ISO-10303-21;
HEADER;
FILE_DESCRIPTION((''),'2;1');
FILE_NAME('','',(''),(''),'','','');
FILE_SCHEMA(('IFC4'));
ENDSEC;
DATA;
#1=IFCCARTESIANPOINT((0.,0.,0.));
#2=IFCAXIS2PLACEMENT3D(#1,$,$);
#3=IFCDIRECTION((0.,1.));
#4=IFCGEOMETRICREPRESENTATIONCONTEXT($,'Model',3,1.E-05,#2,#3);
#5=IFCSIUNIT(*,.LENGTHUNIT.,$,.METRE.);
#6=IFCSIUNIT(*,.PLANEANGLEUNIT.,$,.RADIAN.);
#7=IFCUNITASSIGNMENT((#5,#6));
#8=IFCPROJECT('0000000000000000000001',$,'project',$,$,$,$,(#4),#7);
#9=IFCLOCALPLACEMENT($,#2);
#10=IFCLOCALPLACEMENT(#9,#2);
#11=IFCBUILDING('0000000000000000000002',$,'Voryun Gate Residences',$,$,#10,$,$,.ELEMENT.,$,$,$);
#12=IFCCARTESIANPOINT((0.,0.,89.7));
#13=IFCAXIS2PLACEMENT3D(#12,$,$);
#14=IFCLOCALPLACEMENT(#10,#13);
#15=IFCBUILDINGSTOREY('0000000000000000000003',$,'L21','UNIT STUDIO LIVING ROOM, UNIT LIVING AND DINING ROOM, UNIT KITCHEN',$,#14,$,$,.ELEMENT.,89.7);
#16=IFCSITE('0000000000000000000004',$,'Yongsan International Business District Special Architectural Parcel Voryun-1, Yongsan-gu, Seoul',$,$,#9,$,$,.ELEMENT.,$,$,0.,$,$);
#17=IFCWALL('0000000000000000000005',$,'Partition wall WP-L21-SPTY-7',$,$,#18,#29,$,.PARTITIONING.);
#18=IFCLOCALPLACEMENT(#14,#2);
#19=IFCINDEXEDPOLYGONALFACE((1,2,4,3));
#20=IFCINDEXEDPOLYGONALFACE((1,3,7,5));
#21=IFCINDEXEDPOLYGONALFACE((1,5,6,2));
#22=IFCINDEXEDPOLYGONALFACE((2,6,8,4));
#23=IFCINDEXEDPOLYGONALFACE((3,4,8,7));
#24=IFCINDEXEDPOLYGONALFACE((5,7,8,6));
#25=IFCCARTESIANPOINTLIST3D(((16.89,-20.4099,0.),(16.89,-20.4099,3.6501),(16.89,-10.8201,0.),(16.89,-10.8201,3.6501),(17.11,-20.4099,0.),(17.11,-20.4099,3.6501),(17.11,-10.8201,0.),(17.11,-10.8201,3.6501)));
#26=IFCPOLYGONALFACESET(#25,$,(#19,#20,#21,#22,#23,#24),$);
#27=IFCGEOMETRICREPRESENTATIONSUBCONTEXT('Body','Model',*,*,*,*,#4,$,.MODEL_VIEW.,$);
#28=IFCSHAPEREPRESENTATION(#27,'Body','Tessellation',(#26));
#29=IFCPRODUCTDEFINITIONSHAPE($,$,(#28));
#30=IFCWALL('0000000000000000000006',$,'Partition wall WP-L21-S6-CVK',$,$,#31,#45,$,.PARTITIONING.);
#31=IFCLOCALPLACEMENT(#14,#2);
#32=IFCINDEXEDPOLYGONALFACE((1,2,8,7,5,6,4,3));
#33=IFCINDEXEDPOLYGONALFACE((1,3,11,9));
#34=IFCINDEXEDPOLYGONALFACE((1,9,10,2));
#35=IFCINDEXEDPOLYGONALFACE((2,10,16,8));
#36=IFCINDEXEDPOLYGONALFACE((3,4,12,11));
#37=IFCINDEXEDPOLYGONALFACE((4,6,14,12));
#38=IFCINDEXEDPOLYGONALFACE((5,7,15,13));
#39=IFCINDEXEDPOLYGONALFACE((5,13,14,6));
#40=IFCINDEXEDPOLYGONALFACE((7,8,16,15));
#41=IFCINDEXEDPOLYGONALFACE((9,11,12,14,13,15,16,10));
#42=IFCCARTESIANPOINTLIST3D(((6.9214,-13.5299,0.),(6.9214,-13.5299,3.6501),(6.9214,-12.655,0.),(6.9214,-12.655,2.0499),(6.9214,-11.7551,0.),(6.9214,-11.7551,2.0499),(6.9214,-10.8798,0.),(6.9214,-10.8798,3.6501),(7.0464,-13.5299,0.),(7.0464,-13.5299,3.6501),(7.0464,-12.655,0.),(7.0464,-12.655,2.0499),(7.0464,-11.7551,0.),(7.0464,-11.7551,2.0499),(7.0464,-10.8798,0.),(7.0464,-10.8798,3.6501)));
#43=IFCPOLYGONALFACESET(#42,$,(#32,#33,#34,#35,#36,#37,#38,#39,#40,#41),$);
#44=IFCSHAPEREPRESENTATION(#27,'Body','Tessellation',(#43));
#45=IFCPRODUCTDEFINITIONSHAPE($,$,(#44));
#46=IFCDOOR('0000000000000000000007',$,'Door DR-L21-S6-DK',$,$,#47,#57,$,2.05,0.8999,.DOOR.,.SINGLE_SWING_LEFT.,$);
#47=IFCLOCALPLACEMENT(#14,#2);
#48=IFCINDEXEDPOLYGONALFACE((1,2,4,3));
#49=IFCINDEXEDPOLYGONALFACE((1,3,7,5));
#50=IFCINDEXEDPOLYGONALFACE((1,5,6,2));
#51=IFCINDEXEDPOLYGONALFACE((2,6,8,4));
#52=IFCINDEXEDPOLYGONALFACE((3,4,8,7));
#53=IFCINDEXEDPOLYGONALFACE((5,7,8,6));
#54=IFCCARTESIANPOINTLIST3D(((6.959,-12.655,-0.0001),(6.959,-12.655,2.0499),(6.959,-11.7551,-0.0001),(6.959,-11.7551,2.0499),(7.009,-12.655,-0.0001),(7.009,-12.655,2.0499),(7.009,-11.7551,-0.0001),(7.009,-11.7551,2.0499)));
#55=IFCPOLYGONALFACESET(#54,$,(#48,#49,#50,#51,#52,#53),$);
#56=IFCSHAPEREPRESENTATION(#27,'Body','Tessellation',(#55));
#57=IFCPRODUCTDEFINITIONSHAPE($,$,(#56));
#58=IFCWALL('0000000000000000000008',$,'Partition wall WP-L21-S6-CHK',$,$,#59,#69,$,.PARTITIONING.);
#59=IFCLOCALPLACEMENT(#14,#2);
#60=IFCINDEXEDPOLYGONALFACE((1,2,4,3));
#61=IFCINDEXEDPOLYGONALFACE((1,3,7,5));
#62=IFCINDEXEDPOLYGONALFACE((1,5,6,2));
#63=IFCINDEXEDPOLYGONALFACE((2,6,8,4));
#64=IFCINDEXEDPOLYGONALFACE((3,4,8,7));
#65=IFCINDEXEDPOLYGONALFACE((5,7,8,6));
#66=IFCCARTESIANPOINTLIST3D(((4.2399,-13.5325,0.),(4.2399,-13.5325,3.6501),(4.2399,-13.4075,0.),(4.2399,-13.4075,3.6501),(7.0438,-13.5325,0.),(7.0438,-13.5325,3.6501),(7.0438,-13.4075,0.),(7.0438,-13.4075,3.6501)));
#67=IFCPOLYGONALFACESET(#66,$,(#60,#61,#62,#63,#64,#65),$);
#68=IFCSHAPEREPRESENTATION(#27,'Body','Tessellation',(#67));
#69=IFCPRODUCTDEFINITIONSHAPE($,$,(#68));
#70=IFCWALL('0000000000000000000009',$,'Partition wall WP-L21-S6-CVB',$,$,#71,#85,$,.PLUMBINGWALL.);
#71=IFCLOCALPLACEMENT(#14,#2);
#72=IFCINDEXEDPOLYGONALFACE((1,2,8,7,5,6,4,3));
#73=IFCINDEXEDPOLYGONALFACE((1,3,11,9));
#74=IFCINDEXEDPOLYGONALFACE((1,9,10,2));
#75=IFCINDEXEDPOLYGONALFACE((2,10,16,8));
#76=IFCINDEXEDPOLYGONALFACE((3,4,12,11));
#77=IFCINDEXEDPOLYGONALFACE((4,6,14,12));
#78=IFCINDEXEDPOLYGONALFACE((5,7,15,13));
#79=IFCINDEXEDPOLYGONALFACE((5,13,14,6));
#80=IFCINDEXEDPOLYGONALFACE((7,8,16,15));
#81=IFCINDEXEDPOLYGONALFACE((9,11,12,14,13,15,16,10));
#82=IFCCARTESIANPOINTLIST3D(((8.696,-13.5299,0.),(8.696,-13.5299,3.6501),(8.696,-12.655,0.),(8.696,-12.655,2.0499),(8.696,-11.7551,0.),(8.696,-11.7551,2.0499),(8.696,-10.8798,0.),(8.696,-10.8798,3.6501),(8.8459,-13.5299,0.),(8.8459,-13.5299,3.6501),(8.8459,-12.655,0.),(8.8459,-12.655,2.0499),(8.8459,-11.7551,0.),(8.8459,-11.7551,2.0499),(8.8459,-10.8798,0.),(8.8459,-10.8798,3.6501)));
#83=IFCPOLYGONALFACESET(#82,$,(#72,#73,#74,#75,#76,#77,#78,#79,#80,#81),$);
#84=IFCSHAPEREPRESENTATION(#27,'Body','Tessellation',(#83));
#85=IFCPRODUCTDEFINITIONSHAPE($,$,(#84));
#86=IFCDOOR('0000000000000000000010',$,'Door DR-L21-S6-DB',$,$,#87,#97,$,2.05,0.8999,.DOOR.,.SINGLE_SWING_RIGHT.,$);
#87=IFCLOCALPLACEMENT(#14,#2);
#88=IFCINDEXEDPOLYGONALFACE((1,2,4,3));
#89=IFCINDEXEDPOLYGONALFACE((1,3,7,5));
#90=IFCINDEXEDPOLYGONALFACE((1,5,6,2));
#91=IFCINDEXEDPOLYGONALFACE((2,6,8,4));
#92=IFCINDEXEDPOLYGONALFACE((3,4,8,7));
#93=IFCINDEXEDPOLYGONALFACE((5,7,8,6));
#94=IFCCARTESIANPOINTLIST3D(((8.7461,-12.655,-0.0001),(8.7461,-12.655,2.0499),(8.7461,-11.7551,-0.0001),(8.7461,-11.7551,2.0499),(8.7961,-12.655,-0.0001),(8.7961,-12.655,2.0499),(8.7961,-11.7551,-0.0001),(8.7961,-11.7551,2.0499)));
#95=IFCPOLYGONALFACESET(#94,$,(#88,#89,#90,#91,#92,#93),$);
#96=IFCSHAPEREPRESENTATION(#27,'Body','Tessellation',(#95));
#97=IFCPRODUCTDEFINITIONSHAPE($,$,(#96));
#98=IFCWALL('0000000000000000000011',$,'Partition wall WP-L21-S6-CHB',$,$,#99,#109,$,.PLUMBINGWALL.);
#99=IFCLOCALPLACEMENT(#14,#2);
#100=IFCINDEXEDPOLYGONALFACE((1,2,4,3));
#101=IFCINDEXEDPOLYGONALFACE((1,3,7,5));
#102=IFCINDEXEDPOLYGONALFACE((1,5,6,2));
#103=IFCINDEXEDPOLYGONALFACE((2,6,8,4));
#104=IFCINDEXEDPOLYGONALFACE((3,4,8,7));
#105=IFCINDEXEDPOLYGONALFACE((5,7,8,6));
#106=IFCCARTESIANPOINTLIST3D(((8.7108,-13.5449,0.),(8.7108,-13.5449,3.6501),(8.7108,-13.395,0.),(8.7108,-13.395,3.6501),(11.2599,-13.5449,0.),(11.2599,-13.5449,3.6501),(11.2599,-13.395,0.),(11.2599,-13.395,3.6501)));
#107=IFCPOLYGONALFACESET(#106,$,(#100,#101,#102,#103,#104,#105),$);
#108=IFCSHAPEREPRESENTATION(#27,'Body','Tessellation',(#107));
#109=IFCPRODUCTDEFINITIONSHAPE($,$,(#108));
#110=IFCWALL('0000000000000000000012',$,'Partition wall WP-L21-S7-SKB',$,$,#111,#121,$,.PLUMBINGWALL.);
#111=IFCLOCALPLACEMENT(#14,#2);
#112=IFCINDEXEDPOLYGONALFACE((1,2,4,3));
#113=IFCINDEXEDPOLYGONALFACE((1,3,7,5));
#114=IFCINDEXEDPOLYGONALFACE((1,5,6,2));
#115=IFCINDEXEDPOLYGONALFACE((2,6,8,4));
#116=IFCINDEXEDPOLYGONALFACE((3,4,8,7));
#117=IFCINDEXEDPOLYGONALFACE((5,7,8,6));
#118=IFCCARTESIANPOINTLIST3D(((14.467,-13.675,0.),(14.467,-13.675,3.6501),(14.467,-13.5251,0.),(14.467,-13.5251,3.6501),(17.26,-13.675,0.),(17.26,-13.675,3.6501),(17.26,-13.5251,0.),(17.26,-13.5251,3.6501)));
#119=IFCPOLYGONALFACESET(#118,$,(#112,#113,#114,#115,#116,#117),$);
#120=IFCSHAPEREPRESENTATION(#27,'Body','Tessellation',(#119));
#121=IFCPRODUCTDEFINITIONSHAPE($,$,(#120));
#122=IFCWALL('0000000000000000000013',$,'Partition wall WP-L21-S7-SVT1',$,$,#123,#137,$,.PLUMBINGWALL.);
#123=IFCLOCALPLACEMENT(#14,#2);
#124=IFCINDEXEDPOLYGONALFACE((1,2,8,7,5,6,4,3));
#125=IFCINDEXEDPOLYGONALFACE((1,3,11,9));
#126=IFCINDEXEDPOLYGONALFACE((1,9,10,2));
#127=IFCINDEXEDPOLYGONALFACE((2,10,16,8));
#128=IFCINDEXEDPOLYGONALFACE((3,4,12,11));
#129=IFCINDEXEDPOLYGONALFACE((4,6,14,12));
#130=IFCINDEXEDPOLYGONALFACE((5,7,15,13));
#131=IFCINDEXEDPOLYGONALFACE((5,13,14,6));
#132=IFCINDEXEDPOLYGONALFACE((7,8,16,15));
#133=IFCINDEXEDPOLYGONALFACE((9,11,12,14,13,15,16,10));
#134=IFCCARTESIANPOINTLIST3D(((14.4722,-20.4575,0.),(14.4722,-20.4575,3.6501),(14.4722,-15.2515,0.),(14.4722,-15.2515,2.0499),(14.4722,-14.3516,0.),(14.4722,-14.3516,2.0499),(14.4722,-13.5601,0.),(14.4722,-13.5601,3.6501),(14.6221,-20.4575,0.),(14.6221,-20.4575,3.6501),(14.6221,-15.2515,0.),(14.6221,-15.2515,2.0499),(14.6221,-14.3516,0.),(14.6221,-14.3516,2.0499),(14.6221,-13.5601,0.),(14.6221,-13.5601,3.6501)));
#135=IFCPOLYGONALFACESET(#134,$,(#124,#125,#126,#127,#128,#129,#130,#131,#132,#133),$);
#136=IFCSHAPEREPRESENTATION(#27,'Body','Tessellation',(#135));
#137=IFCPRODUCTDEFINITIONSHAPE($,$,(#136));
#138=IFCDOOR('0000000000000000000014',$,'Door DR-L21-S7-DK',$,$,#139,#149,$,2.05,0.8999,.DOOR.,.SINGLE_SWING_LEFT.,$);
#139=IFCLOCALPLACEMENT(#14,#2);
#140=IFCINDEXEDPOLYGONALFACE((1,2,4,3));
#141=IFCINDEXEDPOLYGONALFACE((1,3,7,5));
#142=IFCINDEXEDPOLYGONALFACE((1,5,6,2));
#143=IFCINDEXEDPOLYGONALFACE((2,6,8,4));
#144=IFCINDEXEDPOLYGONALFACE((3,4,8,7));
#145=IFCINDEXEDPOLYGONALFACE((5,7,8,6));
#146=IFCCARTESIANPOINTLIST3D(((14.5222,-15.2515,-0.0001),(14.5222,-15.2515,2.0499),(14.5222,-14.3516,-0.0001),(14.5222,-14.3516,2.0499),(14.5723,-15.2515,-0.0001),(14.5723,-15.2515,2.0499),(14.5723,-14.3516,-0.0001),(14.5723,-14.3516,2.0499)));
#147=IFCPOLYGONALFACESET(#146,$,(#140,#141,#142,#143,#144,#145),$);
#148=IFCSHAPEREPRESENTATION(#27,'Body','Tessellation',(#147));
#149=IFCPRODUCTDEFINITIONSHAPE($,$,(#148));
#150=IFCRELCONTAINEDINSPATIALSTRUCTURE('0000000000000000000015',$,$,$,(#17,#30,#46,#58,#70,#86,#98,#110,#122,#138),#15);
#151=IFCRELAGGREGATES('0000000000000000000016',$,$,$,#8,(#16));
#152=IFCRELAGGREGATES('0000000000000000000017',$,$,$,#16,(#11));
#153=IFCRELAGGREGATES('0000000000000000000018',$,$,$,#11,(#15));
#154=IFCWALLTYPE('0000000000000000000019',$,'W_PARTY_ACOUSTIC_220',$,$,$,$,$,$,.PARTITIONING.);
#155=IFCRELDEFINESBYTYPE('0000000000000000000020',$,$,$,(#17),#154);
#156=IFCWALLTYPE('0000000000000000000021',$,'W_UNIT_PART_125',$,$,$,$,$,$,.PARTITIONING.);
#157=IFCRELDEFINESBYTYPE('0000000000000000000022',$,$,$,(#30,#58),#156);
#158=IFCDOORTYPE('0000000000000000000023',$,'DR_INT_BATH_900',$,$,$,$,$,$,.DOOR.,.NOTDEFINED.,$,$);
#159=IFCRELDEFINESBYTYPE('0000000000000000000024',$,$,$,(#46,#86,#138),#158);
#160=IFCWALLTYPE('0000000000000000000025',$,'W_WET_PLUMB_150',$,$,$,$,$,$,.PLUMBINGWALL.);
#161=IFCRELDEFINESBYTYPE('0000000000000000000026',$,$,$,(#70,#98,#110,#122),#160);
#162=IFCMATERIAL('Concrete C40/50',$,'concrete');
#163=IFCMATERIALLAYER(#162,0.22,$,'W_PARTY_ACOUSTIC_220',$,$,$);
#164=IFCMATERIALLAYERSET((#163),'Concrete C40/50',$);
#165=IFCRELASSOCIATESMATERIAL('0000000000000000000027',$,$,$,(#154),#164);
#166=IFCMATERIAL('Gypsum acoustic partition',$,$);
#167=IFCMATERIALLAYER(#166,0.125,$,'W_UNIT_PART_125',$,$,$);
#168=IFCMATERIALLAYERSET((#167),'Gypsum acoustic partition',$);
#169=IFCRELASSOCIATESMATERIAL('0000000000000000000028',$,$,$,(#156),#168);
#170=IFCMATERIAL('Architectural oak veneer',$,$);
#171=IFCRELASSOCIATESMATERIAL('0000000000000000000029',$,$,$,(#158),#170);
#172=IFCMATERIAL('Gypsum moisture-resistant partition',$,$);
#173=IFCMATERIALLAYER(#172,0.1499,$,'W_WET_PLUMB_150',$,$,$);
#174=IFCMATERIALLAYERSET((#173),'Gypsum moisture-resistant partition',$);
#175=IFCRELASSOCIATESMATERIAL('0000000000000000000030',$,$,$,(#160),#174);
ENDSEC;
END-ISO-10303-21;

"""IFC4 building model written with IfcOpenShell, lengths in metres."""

from ifc_helpers import new_model, si_unit, direction, frame, frame_2d, origin, place, context, subcontext, project, spatial, rectangle, extrude, material, layer, layer_set, type_object, element, fill, save


model = new_model("IFC4")

# Units and contexts
model_context = context("Model", 3, precision=1e-05, world=origin(), true_north=direction((0.0, 1.0)))
body_context = subcontext(model_context, "Body", "Model", "MODEL_VIEW")
ifc_project = project(units=[si_unit("LENGTHUNIT", "METRE"), si_unit("PLANEANGLEUNIT", "RADIAN")], contexts=[model_context])

# Site, building, storey
site_placement = place(None, origin())
site = spatial("IfcSite", under=ifc_project, at=site_placement, Name="Yongsan International Business District Special Architectural Parcel Voryun-1, Yongsan-gu, Seoul", CompositionType="ELEMENT", RefElevation=0.0)
building_placement = place(site_placement, origin())
building = spatial("IfcBuilding", under=site, at=building_placement, Name="Voryun Gate Residences", CompositionType="ELEMENT")
storey_placement = place(building_placement, frame((0.0, 0.0, 89.7)))
storey = spatial("IfcBuildingStorey", under=building, at=storey_placement, Name="L21", Description="UNIT STUDIO LIVING ROOM, UNIT LIVING AND DINING ROOM, UNIT KITCHEN", CompositionType="ELEMENT", Elevation=89.7)

# Wall
ifc_material_1 = material(Name="Concrete C40/50", Category="concrete")
ifc_layer_1 = layer(ifc_material_1, 0.22, Name="W_PARTY_ACOUSTIC_220")
ifc_layer_set_1 = layer_set([ifc_layer_1], Name="Concrete C40/50")
wall_type_1 = type_object("IfcWallType", Name="W_PARTY_ACOUSTIC_220", PredefinedType="PARTITIONING", material=ifc_layer_set_1)
for number, where, z_axis, x_axis, name in (
    (1, (17.0, -20.4099, 0.0), (0.0, 0.0, 1.0), (0.0, 1.0, 0.0), "Partition wall WP-L21-SPTY-7"),
):
    element("IfcWall", number, at=place(storey_placement, frame(where, z_axis=z_axis, x_axis=x_axis)), inside=storey, type_object=wall_type_1, Name=name, PredefinedType="PARTITIONING", context=body_context, shape_type="SweptSolid", body=[
        extrude(rectangle(XDim=9.5898, YDim=0.22, at=frame_2d((4.7949, 0.0))), origin(), (0.0, 0.0, 1.0), 3.6501),
    ])

# Wall, opening, door
ifc_material_2 = material(Name="Gypsum acoustic partition")
ifc_layer_2 = layer(ifc_material_2, 0.125, Name="W_UNIT_PART_125")
ifc_layer_set_2 = layer_set([ifc_layer_2], Name="Gypsum acoustic partition")
wall_type_2 = type_object("IfcWallType", Name="W_UNIT_PART_125", PredefinedType="PARTITIONING", material=ifc_layer_set_2)
wall_1_placement = place(storey_placement, frame((6.9839, -13.53, 0.0), z_axis=(0.0, 0.0, 1.0), x_axis=(0.0, 1.0, 0.0)))
wall_1 = element("IfcWall", 2, at=wall_1_placement, inside=storey, type_object=wall_type_2, Name="Partition wall WP-L21-S6-CVK", PredefinedType="PARTITIONING", context=body_context, shape_type="SweptSolid", body=[
    extrude(rectangle(XDim=2.6501, YDim=0.125, at=frame_2d((1.3252, 0.0))), origin(), (0.0, 0.0, 1.0), 3.6501),
])
opening_1_placement = place(wall_1_placement, frame((0.875, 0.0, 0.0)))
opening_1 = element("IfcOpeningElement", 3, at=opening_1_placement, cuts=wall_1, PredefinedType="OPENING", context=body_context, shape_type="SweptSolid", body=[
    extrude(rectangle(XDim=0.8999, YDim=2.05, at=frame_2d((0.45, 1.0249))), frame((0.0, 0.0725, 0.0), z_axis=(0.0, -1.0, 0.0), x_axis=(1.0, 0.0, 0.0)), (0.0, 0.0, 1.0), 0.145),
])
ifc_material_3 = material(Name="Architectural oak veneer")
door_type_1 = type_object("IfcDoorType", Name="DR_INT_BATH_900", OperationType="NOTDEFINED", PredefinedType="DOOR", material=ifc_material_3)
door_1_placement = place(opening_1_placement, origin())
door_1 = element("IfcDoor", 4, at=door_1_placement, inside=storey, type_object=door_type_1, Name="Door DR-L21-S6-DK", OperationType="SINGLE_SWING_LEFT", OverallHeight=2.05, OverallWidth=0.8999, PredefinedType="DOOR", context=body_context, shape_type="SweptSolid", body=[
    extrude(rectangle(XDim=0.8999, YDim=2.05, at=frame_2d((0.45, 1.0249))), frame((0.0, 0.0249, 0.0), z_axis=(0.0, -1.0, 0.0), x_axis=(1.0, 0.0, 0.0)), (0.0, 0.0, 1.0), 0.05),
])
fill(opening_1, door_1)

# Wall
wall_2_placement = place(storey_placement, frame((4.24, -13.47, 0.0), z_axis=(0.0, 0.0, 1.0), x_axis=(1.0, 0.0, 0.0)))
element("IfcWall", 5, at=wall_2_placement, inside=storey, type_object=wall_type_2, Name="Partition wall WP-L21-S6-CHK", PredefinedType="PARTITIONING", context=body_context, shape_type="SweptSolid", body=[
    extrude(rectangle(XDim=2.804, YDim=0.125, at=frame_2d((1.4019, 0.0))), origin(), (0.0, 0.0, 1.0), 3.6501),
])

# Wall, opening, door
ifc_material_4 = material(Name="Gypsum moisture-resistant partition")
ifc_layer_3 = layer(ifc_material_4, 0.1499, Name="W_WET_PLUMB_150")
ifc_layer_set_3 = layer_set([ifc_layer_3], Name="Gypsum moisture-resistant partition")
wall_type_3 = type_object("IfcWallType", Name="W_WET_PLUMB_150", PredefinedType="PLUMBINGWALL", material=ifc_layer_set_3)
wall_3_placement = place(storey_placement, frame((8.771, -13.53, 0.0), z_axis=(0.0, 0.0, 1.0), x_axis=(0.0, 1.0, 0.0)))
wall_3 = element("IfcWall", 6, at=wall_3_placement, inside=storey, type_object=wall_type_3, Name="Partition wall WP-L21-S6-CVB", PredefinedType="PLUMBINGWALL", context=body_context, shape_type="SweptSolid", body=[
    extrude(rectangle(XDim=2.6501, YDim=0.1499, at=frame_2d((1.3252, 0.0))), origin(), (0.0, 0.0, 1.0), 3.6501),
])
opening_2_placement = place(wall_3_placement, frame((0.875, 0.0, 0.0)))
opening_2 = element("IfcOpeningElement", 7, at=opening_2_placement, cuts=wall_3, PredefinedType="OPENING", context=body_context, shape_type="SweptSolid", body=[
    extrude(rectangle(XDim=0.8999, YDim=2.05, at=frame_2d((0.45, 1.0249))), frame((0.0, 0.085, 0.0), z_axis=(0.0, -1.0, 0.0), x_axis=(1.0, 0.0, 0.0)), (0.0, 0.0, 1.0), 0.1699),
])
door_2_placement = place(opening_2_placement, origin())
door_2 = element("IfcDoor", 8, at=door_2_placement, inside=storey, type_object=door_type_1, Name="Door DR-L21-S6-DB", OperationType="SINGLE_SWING_RIGHT", OverallHeight=2.05, OverallWidth=0.8999, PredefinedType="DOOR", context=body_context, shape_type="SweptSolid", body=[
    extrude(rectangle(XDim=0.8999, YDim=2.05, at=frame_2d((0.45, 1.0249))), frame((0.0, 0.0249, 0.0), z_axis=(0.0, -1.0, 0.0), x_axis=(1.0, 0.0, 0.0)), (0.0, 0.0, 1.0), 0.05),
])
fill(opening_2, door_2)

# Walls
wall_4_placement = place(storey_placement, frame((8.7109, -13.47, 0.0), z_axis=(0.0, 0.0, 1.0), x_axis=(1.0, 0.0, 0.0)))
element("IfcWall", 9, at=wall_4_placement, inside=storey, type_object=wall_type_3, Name="Partition wall WP-L21-S6-CHB", PredefinedType="PLUMBINGWALL", context=body_context, shape_type="SweptSolid", body=[
    extrude(rectangle(XDim=2.5491, YDim=0.1499, at=frame_2d((1.2744, 0.0))), origin(), (0.0, 0.0, 1.0), 3.6501),
])
wall_5_placement = place(storey_placement, frame((14.467, -13.6001, 0.0), z_axis=(0.0, 0.0, 1.0), x_axis=(1.0, 0.0, 0.0)))
element("IfcWall", 10, at=wall_5_placement, inside=storey, type_object=wall_type_3, Name="Partition wall WP-L21-S7-SKB", PredefinedType="PLUMBINGWALL", context=body_context, shape_type="SweptSolid", body=[
    extrude(rectangle(XDim=2.793, YDim=0.1499, at=frame_2d((1.3965, 0.0))), origin(), (0.0, 0.0, 1.0), 3.6501),
])

# Wall, opening, door
wall_6_placement = place(storey_placement, frame((14.5471, -20.4575, 0.0), z_axis=(0.0, 0.0, 1.0), x_axis=(0.0, 1.0, 0.0)))
wall_6 = element("IfcWall", 11, at=wall_6_placement, inside=storey, type_object=wall_type_3, Name="Partition wall WP-L21-S7-SVT1", PredefinedType="PLUMBINGWALL", context=body_context, shape_type="SweptSolid", body=[
    extrude(rectangle(XDim=6.8975, YDim=0.1499, at=frame_2d((3.4487, 0.0))), origin(), (0.0, 0.0, 1.0), 3.6501),
])
opening_3_placement = place(wall_6_placement, frame((5.2061, 0.0, 0.0)))
opening_3 = element("IfcOpeningElement", 12, at=opening_3_placement, cuts=wall_6, PredefinedType="OPENING", context=body_context, shape_type="SweptSolid", body=[
    extrude(rectangle(XDim=0.8999, YDim=2.05, at=frame_2d((0.45, 1.0249))), frame((0.0, 0.085, 0.0), z_axis=(0.0, -1.0, 0.0), x_axis=(1.0, 0.0, 0.0)), (0.0, 0.0, 1.0), 0.1699),
])
door_3_placement = place(opening_3_placement, origin())
door_3 = element("IfcDoor", 13, at=door_3_placement, inside=storey, type_object=door_type_1, Name="Door DR-L21-S7-DK", OperationType="SINGLE_SWING_LEFT", OverallHeight=2.05, OverallWidth=0.8999, PredefinedType="DOOR", context=body_context, shape_type="SweptSolid", body=[
    extrude(rectangle(XDim=0.8999, YDim=2.05, at=frame_2d((0.45, 1.0249))), frame((0.0, 0.0249, 0.0), z_axis=(0.0, -1.0, 0.0), x_axis=(1.0, 0.0, 0.0)), (0.0, 0.0, 1.0), 0.05),
])
fill(opening_3, door_3)

save(model, "model.ifc")
